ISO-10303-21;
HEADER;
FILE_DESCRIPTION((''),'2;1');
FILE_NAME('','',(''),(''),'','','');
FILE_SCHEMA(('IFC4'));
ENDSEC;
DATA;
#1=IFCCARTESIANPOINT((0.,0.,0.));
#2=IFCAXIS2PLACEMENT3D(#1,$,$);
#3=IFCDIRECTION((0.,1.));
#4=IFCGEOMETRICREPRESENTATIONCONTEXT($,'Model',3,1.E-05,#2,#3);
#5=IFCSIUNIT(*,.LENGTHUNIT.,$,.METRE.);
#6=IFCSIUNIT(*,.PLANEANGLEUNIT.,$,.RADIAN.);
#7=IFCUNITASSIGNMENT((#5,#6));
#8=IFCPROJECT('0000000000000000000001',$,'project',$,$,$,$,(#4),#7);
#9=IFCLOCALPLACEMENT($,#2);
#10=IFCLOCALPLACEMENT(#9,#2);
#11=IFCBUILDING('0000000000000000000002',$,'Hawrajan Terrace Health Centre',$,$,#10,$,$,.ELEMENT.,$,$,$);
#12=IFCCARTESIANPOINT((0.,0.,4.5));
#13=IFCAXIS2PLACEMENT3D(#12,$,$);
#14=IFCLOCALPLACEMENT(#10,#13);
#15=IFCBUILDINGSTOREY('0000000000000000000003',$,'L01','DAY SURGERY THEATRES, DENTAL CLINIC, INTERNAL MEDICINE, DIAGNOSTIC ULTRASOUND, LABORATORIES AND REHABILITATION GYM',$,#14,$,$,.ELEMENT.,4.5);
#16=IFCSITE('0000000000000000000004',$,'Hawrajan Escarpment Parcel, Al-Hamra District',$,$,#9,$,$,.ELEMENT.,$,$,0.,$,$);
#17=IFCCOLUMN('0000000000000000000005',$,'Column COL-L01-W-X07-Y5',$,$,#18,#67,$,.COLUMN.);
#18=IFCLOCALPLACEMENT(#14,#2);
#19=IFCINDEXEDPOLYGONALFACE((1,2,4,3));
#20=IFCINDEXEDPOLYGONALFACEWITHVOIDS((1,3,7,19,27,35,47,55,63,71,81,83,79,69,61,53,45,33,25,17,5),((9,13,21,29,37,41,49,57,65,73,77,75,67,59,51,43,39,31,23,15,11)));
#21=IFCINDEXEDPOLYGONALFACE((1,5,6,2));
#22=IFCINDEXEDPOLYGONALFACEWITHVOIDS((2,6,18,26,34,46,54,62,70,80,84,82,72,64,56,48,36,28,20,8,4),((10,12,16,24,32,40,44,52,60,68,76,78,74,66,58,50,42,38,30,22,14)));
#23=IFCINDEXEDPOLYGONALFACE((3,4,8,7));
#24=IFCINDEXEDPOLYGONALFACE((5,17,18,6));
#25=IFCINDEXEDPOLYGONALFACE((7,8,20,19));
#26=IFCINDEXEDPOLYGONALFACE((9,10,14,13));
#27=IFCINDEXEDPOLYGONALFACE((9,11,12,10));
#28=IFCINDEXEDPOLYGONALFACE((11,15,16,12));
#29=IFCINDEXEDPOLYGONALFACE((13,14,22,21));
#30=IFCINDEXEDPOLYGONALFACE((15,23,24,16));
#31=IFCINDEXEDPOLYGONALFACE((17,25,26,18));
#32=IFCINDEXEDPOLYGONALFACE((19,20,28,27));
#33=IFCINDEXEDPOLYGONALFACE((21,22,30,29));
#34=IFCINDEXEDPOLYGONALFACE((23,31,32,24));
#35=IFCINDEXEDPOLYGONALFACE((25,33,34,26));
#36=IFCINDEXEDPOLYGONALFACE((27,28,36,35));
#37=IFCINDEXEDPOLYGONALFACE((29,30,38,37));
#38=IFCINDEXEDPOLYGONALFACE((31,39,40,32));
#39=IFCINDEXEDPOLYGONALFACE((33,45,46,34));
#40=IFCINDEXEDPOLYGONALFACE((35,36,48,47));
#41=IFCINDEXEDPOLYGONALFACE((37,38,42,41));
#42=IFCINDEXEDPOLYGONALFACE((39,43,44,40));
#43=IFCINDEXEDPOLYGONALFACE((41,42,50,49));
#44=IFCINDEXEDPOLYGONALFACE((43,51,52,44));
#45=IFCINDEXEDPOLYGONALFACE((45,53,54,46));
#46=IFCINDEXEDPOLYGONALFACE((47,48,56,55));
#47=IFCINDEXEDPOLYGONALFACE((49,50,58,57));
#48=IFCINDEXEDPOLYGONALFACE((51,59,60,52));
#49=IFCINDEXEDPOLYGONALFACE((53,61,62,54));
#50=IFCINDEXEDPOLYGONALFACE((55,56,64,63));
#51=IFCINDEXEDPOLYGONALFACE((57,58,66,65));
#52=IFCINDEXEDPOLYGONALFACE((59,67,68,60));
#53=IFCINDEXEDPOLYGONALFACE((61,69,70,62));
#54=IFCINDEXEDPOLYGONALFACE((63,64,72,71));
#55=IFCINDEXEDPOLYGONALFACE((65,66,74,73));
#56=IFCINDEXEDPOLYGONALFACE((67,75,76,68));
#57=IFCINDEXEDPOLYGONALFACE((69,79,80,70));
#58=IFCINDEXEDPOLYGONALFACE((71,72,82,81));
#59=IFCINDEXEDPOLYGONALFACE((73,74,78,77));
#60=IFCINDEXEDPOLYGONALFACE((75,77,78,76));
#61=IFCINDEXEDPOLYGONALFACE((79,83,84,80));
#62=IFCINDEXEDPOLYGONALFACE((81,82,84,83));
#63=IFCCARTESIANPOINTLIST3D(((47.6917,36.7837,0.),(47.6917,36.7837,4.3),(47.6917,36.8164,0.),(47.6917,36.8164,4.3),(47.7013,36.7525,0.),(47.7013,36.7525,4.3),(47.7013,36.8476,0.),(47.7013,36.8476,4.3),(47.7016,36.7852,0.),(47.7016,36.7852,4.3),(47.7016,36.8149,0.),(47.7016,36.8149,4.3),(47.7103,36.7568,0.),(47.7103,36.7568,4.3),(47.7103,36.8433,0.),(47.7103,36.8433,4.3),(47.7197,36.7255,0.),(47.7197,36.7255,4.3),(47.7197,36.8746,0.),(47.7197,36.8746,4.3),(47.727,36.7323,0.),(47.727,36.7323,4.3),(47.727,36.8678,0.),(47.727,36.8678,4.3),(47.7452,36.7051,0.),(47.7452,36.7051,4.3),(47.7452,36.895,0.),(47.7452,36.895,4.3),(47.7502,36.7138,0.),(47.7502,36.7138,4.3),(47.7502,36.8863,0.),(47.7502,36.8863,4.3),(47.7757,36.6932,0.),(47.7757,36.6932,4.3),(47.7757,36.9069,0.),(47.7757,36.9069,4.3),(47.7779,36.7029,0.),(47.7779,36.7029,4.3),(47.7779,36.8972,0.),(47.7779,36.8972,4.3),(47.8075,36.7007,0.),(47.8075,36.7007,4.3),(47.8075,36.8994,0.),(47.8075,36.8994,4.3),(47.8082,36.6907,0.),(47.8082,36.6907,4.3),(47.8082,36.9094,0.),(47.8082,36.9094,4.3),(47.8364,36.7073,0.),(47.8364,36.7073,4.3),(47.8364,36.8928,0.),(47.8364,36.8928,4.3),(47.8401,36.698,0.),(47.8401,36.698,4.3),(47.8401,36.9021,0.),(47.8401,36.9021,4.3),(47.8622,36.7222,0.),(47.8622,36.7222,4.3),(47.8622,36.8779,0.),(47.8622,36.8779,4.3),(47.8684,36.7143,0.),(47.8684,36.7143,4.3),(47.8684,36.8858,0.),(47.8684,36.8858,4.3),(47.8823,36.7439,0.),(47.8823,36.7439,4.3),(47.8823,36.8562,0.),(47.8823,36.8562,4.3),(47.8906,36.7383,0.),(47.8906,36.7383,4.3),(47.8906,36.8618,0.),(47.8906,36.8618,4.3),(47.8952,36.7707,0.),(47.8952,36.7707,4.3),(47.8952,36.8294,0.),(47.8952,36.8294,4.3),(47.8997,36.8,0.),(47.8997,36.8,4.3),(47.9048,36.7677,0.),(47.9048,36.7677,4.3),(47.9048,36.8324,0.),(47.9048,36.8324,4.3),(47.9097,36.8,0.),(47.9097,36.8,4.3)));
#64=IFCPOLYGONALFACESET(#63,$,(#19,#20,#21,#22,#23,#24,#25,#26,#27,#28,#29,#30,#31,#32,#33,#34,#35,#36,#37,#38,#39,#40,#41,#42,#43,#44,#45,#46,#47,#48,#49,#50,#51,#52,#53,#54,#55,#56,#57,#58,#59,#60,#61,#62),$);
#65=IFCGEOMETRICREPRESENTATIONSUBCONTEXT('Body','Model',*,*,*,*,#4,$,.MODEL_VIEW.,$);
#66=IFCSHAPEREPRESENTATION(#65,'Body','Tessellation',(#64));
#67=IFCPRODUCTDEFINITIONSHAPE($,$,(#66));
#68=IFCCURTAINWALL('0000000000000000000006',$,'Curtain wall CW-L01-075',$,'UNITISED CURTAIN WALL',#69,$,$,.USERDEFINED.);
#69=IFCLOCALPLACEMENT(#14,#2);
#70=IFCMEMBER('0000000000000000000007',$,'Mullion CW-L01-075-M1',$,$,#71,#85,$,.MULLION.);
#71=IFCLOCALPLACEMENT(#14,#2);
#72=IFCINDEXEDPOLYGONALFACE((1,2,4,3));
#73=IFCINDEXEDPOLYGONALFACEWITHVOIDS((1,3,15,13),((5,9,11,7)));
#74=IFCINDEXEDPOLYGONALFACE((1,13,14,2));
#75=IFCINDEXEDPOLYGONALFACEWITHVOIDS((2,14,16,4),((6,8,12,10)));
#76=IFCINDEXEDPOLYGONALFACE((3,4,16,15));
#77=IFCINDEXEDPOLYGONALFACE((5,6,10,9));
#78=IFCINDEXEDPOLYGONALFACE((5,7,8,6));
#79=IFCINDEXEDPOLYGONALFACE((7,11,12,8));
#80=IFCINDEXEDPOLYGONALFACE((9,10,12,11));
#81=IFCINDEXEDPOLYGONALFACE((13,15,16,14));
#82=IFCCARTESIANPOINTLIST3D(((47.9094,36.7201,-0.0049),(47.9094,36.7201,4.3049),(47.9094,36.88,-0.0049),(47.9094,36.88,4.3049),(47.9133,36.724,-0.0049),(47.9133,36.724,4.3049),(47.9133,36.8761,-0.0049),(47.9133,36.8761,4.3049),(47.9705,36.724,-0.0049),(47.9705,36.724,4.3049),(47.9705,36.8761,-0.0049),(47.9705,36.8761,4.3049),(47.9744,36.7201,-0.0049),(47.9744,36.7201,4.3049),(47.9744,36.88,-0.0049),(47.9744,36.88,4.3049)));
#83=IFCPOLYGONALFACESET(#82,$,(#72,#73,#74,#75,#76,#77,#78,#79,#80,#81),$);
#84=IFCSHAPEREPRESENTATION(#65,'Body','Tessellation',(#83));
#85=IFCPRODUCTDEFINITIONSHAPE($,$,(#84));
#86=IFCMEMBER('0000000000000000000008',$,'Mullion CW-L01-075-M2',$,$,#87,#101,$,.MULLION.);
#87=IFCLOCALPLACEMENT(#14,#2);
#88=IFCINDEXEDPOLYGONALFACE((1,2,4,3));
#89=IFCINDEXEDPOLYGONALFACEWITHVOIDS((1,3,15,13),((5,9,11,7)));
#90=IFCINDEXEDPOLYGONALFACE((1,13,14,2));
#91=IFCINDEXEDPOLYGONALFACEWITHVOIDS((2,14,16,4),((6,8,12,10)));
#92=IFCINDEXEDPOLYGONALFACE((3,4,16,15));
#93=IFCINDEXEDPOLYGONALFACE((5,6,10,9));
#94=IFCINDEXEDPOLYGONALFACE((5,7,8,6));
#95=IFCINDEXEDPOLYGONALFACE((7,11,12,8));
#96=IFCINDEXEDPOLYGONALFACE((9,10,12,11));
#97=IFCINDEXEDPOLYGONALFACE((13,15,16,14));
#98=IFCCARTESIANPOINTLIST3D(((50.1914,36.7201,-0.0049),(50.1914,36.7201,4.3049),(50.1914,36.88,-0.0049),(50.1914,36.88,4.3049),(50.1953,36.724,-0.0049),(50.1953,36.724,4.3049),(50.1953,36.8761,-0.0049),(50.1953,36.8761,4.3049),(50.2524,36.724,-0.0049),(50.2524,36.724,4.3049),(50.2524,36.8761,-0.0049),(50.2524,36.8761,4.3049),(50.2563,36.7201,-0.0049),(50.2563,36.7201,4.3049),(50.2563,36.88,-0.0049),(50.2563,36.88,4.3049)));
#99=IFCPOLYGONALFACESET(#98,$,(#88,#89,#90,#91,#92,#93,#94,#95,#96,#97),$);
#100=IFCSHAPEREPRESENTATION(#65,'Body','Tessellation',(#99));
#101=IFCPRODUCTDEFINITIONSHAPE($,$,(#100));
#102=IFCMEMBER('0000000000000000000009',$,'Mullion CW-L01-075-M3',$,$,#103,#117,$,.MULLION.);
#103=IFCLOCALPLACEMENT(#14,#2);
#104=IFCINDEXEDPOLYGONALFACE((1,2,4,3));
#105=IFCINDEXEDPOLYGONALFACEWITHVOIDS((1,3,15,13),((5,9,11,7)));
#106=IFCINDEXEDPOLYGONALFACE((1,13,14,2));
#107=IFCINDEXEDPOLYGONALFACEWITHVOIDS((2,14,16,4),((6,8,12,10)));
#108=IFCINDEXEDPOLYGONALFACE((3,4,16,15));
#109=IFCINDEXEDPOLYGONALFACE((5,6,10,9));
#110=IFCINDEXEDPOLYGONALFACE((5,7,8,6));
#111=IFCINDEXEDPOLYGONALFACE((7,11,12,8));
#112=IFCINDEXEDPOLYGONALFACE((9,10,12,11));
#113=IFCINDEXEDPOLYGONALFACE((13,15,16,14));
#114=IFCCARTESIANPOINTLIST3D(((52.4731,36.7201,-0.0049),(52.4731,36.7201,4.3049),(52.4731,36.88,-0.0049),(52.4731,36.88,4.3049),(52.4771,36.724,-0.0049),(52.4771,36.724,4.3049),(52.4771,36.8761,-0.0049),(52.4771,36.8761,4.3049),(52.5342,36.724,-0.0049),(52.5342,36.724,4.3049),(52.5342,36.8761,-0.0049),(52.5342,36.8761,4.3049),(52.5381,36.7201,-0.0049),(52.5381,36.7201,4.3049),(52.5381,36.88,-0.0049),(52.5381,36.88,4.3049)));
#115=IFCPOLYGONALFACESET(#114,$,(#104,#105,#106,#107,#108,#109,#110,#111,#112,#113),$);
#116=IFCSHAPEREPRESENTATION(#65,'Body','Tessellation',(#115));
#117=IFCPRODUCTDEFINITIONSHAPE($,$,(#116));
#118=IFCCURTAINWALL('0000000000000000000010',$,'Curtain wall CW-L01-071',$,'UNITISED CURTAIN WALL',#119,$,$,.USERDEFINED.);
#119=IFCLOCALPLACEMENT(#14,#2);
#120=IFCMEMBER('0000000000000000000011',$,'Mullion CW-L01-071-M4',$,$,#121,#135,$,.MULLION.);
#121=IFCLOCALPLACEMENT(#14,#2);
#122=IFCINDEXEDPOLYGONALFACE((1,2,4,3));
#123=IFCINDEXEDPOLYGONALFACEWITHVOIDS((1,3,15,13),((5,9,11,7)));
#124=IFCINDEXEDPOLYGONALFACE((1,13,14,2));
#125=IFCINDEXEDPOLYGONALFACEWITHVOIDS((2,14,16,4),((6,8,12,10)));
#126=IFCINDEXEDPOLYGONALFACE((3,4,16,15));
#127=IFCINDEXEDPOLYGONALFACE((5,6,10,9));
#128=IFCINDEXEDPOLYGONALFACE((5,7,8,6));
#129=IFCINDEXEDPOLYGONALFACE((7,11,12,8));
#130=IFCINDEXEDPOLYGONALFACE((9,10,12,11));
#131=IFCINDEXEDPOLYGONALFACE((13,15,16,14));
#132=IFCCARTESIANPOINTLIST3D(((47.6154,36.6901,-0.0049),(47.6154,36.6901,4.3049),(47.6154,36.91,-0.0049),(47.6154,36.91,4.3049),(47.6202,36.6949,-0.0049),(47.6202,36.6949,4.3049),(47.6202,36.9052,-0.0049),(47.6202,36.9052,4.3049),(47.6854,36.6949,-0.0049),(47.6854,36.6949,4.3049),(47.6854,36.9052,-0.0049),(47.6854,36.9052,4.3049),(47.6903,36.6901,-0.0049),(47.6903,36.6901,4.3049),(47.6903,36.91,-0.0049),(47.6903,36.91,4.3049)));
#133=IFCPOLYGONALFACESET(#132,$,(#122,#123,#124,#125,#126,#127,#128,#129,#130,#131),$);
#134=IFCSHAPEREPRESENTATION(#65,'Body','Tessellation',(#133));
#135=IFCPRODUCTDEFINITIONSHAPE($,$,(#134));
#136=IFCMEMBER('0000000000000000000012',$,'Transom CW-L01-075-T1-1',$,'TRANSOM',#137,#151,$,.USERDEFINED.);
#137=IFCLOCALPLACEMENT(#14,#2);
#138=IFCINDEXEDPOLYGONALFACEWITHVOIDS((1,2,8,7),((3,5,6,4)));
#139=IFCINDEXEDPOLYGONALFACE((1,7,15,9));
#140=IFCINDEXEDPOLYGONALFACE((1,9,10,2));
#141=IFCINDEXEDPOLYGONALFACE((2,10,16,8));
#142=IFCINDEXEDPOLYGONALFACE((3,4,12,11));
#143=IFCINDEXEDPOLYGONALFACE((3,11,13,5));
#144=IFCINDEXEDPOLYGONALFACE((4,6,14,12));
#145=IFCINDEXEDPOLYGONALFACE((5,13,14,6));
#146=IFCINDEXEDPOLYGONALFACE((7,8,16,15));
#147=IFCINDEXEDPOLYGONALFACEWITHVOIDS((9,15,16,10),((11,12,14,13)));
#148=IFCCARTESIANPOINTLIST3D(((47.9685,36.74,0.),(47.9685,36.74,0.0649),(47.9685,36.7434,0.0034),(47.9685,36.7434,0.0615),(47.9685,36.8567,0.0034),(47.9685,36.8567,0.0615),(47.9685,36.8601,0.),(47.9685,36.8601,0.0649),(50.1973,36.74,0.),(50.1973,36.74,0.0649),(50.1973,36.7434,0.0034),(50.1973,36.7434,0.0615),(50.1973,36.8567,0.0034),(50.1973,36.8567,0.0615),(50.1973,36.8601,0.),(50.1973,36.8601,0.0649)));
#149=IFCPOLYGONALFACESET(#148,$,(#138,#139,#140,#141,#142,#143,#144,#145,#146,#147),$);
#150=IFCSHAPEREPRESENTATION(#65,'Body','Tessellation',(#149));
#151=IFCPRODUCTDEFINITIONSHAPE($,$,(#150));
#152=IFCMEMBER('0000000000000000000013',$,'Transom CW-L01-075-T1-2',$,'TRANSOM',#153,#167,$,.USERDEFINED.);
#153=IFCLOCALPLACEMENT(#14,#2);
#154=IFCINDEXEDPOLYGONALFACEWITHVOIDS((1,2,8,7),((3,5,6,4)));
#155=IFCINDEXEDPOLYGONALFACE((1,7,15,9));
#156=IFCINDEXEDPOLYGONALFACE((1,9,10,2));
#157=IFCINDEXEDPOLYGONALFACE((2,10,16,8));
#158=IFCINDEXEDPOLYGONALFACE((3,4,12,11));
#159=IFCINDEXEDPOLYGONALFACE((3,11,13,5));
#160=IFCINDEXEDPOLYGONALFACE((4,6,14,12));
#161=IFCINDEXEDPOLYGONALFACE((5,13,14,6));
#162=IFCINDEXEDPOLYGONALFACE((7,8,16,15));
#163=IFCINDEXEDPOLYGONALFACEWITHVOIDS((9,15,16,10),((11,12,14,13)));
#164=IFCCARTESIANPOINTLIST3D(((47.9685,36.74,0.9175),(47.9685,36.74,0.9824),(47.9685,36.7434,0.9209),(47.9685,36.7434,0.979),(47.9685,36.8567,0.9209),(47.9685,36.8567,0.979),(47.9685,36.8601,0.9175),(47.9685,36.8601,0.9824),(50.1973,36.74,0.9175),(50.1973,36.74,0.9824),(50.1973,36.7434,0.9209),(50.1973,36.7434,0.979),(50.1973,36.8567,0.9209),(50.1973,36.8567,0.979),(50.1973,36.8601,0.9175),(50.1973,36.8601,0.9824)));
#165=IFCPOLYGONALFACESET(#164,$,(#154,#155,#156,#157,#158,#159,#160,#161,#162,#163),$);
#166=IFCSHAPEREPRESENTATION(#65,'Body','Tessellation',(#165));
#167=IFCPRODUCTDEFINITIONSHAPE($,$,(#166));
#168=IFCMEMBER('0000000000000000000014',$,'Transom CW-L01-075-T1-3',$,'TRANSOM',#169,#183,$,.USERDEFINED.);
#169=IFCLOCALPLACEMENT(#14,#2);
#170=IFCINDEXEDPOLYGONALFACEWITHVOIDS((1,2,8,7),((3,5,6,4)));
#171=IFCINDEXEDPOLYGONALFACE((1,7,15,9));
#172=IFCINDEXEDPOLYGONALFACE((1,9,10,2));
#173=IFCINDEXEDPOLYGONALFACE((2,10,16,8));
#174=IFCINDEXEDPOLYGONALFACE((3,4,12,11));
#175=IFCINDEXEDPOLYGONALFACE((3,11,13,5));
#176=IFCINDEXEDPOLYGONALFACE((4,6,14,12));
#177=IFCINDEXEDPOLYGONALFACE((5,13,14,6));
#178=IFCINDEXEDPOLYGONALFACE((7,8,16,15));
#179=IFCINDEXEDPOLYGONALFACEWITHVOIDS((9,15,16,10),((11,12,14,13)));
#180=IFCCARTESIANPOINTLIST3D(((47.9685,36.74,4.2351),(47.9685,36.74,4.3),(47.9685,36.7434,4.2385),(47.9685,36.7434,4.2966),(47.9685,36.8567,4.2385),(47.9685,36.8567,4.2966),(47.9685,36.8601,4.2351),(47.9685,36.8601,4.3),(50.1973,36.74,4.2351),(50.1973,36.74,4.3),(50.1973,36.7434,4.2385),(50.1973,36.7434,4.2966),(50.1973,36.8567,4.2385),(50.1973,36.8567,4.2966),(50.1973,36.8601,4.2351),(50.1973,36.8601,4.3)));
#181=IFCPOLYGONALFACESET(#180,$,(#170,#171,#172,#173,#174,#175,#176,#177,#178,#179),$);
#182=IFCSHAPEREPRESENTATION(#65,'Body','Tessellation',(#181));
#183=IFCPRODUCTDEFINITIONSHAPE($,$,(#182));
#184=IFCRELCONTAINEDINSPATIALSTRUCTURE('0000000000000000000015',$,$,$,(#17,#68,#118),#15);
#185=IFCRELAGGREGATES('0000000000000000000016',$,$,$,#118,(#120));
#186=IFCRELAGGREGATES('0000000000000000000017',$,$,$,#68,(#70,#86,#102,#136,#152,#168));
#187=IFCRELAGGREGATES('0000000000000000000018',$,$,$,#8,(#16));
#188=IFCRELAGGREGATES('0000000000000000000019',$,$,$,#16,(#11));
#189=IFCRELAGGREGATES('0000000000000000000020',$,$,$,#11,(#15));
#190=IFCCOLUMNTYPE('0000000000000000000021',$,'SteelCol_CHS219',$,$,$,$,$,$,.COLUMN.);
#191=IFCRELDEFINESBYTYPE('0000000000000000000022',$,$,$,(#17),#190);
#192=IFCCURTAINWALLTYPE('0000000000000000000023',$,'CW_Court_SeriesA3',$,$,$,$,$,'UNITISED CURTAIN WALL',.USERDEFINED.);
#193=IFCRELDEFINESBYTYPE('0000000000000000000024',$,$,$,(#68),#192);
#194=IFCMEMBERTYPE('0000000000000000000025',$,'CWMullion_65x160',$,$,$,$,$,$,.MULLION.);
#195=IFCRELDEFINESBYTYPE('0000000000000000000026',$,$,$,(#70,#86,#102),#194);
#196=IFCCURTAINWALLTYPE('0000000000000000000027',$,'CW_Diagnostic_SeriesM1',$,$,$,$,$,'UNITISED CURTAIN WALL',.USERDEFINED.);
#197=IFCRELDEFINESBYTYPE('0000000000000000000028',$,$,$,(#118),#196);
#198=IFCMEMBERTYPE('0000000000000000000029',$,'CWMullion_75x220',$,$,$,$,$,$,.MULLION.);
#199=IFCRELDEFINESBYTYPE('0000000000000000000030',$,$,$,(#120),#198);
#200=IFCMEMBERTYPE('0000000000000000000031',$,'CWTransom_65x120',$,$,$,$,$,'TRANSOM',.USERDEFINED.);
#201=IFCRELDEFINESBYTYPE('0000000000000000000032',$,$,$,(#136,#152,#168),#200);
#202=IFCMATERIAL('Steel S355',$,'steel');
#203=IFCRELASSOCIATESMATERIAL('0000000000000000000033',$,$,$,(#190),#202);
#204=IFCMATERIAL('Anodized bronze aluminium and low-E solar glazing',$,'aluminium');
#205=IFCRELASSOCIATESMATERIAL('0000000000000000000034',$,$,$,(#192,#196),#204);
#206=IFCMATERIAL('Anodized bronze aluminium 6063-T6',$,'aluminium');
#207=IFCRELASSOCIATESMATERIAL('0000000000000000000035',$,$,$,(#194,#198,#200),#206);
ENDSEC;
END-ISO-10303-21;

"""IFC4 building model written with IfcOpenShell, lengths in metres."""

from ifc_helpers import new_model, si_unit, direction, frame, origin, origin_2d, place, context, subcontext, project, spatial, hollow_rectangle, hollow_circle, extrude, material, material_profile, profile_set, type_object, element, aggregate, save


model = new_model("IFC4")

# Units and contexts
model_context = context("Model", 3, precision=1e-05, world=origin(), true_north=direction((0.0, 1.0)))
body_context = subcontext(model_context, "Body", "Model", "MODEL_VIEW")
ifc_project = project(units=[si_unit("LENGTHUNIT", "METRE"), si_unit("PLANEANGLEUNIT", "RADIAN")], contexts=[model_context])

# Site, building, storey
site_placement = place(None, origin())
site = spatial("IfcSite", under=ifc_project, at=site_placement, Name="Hawrajan Escarpment Parcel, Al-Hamra District", CompositionType="ELEMENT", RefElevation=0.0)
building_placement = place(site_placement, origin())
building = spatial("IfcBuilding", under=site, at=building_placement, Name="Hawrajan Terrace Health Centre", CompositionType="ELEMENT")
storey_placement = place(building_placement, frame((0.0, 0.0, 4.5)))
storey = spatial("IfcBuildingStorey", under=building, at=storey_placement, Name="L01", Description="DAY SURGERY THEATRES, DENTAL CLINIC, INTERNAL MEDICINE, DIAGNOSTIC ULTRASOUND, LABORATORIES AND REHABILITATION GYM", CompositionType="ELEMENT", Elevation=4.5)

# Column
ifc_material_1 = material(Name="Steel S355", Category="steel")
ifc_material_profile_1 = material_profile(ifc_material_1, hollow_circle(Radius=0.1096, WallThickness=0.01, at=origin_2d()), Name="CHS 219.1x10.0")
ifc_profile_set_1 = profile_set([ifc_material_profile_1], Name="Steel S355")
column_type = type_object("IfcColumnType", Name="SteelCol_CHS219", PredefinedType="COLUMN", material=ifc_profile_set_1)
column_placement = place(storey_placement, frame((47.8, 36.8, 0.0), z_axis=(0.0, 0.0, 1.0), x_axis=(1.0, 0.0, 0.0)))
element("IfcColumn", 1, at=column_placement, inside=storey, type_object=column_type, Name="Column COL-L01-W-X07-Y5", PredefinedType="COLUMN", context=body_context, shape_type="SweptSolid", body=[
    extrude(hollow_circle(Radius=0.1096, WallThickness=0.01, at=origin_2d()), origin(), (0.0, 0.0, 1.0), 4.3),
])

# Curtain wall, members
ifc_material_2 = material(Name="Anodized bronze aluminium and low-E solar glazing", Category="aluminium")
curtain_wall_type_1 = type_object("IfcCurtainWallType", Name="CW_Court_SeriesA3", ElementType="UNITISED CURTAIN WALL", PredefinedType="USERDEFINED", material=ifc_material_2)
curtain_wall_1_placement = place(storey_placement, origin())
curtain_wall_1 = element("IfcCurtainWall", 2, at=curtain_wall_1_placement, inside=storey, type_object=curtain_wall_type_1, Name="Curtain wall CW-L01-075", ObjectType="UNITISED CURTAIN WALL", PredefinedType="USERDEFINED")
ifc_material_3 = material(Name="Anodized bronze aluminium 6063-T6", Category="aluminium")
ifc_material_profile_2 = material_profile(ifc_material_3, hollow_rectangle(XDim=0.0649, YDim=0.1599, WallThickness=0.0039, at=origin_2d()), Name="CW MUL 65x160")
ifc_profile_set_2 = profile_set([ifc_material_profile_2], Name="Anodized bronze aluminium 6063-T6")
member_type_1 = type_object("IfcMemberType", Name="CWMullion_65x160", PredefinedType="MULLION", material=ifc_profile_set_2)
member_1_placement = place(storey_placement, frame((47.9419, 36.8, -0.0049), z_axis=(0.0, 0.0, 1.0), x_axis=(1.0, 0.0, 0.0)))
member_1 = element("IfcMember", 3, at=member_1_placement, type_object=member_type_1, Name="Mullion CW-L01-075-M1", PredefinedType="MULLION", context=body_context, shape_type="SweptSolid", body=[
    extrude(hollow_rectangle(XDim=0.0649, YDim=0.1599, WallThickness=0.0039, at=origin_2d()), origin(), (0.0, 0.0, 1.0), 4.3098),
])
member_2_placement = place(storey_placement, frame((50.2239, 36.8, -0.0049), z_axis=(0.0, 0.0, 1.0), x_axis=(1.0, 0.0, 0.0)))
member_2 = element("IfcMember", 4, at=member_2_placement, type_object=member_type_1, Name="Mullion CW-L01-075-M2", PredefinedType="MULLION", context=body_context, shape_type="SweptSolid", body=[
    extrude(hollow_rectangle(XDim=0.0649, YDim=0.1599, WallThickness=0.0039, at=origin_2d()), origin(), (0.0, 0.0, 1.0), 4.3098),
])
member_3_placement = place(storey_placement, frame((52.5056, 36.8, -0.0049), z_axis=(0.0, 0.0, 1.0), x_axis=(1.0, 0.0, 0.0)))
member_3 = element("IfcMember", 5, at=member_3_placement, type_object=member_type_1, Name="Mullion CW-L01-075-M3", PredefinedType="MULLION", context=body_context, shape_type="SweptSolid", body=[
    extrude(hollow_rectangle(XDim=0.0649, YDim=0.1599, WallThickness=0.0039, at=origin_2d()), origin(), (0.0, 0.0, 1.0), 4.3098),
])

# Curtain wall, member
curtain_wall_type_2 = type_object("IfcCurtainWallType", Name="CW_Diagnostic_SeriesM1", ElementType="UNITISED CURTAIN WALL", PredefinedType="USERDEFINED", material=ifc_material_2)
curtain_wall_2_placement = place(storey_placement, origin())
curtain_wall_2 = element("IfcCurtainWall", 6, at=curtain_wall_2_placement, inside=storey, type_object=curtain_wall_type_2, Name="Curtain wall CW-L01-071", ObjectType="UNITISED CURTAIN WALL", PredefinedType="USERDEFINED")
ifc_material_profile_3 = material_profile(ifc_material_3, hollow_rectangle(XDim=0.075, YDim=0.22, WallThickness=0.0049, at=origin_2d()), Name="CW MUL 75x220")
ifc_profile_set_3 = profile_set([ifc_material_profile_3], Name="Anodized bronze aluminium 6063-T6")
member_type_2 = type_object("IfcMemberType", Name="CWMullion_75x220", PredefinedType="MULLION", material=ifc_profile_set_3)
member_4_placement = place(storey_placement, frame((47.6528, 36.8, -0.0049), z_axis=(0.0, 0.0, 1.0), x_axis=(1.0, 0.0, 0.0)))
member_4 = element("IfcMember", 7, at=member_4_placement, type_object=member_type_2, Name="Mullion CW-L01-071-M4", PredefinedType="MULLION", context=body_context, shape_type="SweptSolid", body=[
    extrude(hollow_rectangle(XDim=0.075, YDim=0.22, WallThickness=0.0049, at=origin_2d()), origin(), (0.0, 0.0, 1.0), 4.3098),
])

# Members
ifc_material_profile_4 = material_profile(ifc_material_3, hollow_rectangle(XDim=0.0649, YDim=0.1201, WallThickness=0.0034, at=origin_2d()), Name="CW TRN 65x120")
ifc_profile_set_4 = profile_set([ifc_material_profile_4], Name="Anodized bronze aluminium 6063-T6")
member_type_3 = type_object("IfcMemberType", Name="CWTransom_65x120", ElementType="TRANSOM", PredefinedType="USERDEFINED", material=ifc_profile_set_4)
member_5_placement = place(storey_placement, frame((47.9685, 36.8, 0.0325), z_axis=(1.0, 0.0, 0.0), x_axis=(0.0, 0.0, 1.0)))
member_5 = element("IfcMember", 8, at=member_5_placement, type_object=member_type_3, Name="Transom CW-L01-075-T1-1", ObjectType="TRANSOM", PredefinedType="USERDEFINED", context=body_context, shape_type="SweptSolid", body=[
    extrude(hollow_rectangle(XDim=0.0649, YDim=0.1201, WallThickness=0.0034, at=origin_2d()), origin(), (0.0, 0.0, 1.0), 2.2288),
])
member_6_placement = place(storey_placement, frame((47.9685, 36.8, 0.95), z_axis=(1.0, 0.0, 0.0), x_axis=(0.0, 0.0, 1.0)))
member_6 = element("IfcMember", 9, at=member_6_placement, type_object=member_type_3, Name="Transom CW-L01-075-T1-2", ObjectType="TRANSOM", PredefinedType="USERDEFINED", context=body_context, shape_type="SweptSolid", body=[
    extrude(hollow_rectangle(XDim=0.0649, YDim=0.1201, WallThickness=0.0034, at=origin_2d()), origin(), (0.0, 0.0, 1.0), 2.2288),
])
member_7_placement = place(storey_placement, frame((47.9685, 36.8, 4.2676), z_axis=(1.0, 0.0, 0.0), x_axis=(0.0, 0.0, 1.0)))
member_7 = element("IfcMember", 10, at=member_7_placement, type_object=member_type_3, Name="Transom CW-L01-075-T1-3", ObjectType="TRANSOM", PredefinedType="USERDEFINED", context=body_context, shape_type="SweptSolid", body=[
    extrude(hollow_rectangle(XDim=0.0649, YDim=0.1201, WallThickness=0.0034, at=origin_2d()), origin(), (0.0, 0.0, 1.0), 2.2288),
])

aggregate(curtain_wall_2, [member_4])
aggregate(curtain_wall_1, [member_1, member_2, member_3, member_5, member_6, member_7])

save(model, "model.ifc")
